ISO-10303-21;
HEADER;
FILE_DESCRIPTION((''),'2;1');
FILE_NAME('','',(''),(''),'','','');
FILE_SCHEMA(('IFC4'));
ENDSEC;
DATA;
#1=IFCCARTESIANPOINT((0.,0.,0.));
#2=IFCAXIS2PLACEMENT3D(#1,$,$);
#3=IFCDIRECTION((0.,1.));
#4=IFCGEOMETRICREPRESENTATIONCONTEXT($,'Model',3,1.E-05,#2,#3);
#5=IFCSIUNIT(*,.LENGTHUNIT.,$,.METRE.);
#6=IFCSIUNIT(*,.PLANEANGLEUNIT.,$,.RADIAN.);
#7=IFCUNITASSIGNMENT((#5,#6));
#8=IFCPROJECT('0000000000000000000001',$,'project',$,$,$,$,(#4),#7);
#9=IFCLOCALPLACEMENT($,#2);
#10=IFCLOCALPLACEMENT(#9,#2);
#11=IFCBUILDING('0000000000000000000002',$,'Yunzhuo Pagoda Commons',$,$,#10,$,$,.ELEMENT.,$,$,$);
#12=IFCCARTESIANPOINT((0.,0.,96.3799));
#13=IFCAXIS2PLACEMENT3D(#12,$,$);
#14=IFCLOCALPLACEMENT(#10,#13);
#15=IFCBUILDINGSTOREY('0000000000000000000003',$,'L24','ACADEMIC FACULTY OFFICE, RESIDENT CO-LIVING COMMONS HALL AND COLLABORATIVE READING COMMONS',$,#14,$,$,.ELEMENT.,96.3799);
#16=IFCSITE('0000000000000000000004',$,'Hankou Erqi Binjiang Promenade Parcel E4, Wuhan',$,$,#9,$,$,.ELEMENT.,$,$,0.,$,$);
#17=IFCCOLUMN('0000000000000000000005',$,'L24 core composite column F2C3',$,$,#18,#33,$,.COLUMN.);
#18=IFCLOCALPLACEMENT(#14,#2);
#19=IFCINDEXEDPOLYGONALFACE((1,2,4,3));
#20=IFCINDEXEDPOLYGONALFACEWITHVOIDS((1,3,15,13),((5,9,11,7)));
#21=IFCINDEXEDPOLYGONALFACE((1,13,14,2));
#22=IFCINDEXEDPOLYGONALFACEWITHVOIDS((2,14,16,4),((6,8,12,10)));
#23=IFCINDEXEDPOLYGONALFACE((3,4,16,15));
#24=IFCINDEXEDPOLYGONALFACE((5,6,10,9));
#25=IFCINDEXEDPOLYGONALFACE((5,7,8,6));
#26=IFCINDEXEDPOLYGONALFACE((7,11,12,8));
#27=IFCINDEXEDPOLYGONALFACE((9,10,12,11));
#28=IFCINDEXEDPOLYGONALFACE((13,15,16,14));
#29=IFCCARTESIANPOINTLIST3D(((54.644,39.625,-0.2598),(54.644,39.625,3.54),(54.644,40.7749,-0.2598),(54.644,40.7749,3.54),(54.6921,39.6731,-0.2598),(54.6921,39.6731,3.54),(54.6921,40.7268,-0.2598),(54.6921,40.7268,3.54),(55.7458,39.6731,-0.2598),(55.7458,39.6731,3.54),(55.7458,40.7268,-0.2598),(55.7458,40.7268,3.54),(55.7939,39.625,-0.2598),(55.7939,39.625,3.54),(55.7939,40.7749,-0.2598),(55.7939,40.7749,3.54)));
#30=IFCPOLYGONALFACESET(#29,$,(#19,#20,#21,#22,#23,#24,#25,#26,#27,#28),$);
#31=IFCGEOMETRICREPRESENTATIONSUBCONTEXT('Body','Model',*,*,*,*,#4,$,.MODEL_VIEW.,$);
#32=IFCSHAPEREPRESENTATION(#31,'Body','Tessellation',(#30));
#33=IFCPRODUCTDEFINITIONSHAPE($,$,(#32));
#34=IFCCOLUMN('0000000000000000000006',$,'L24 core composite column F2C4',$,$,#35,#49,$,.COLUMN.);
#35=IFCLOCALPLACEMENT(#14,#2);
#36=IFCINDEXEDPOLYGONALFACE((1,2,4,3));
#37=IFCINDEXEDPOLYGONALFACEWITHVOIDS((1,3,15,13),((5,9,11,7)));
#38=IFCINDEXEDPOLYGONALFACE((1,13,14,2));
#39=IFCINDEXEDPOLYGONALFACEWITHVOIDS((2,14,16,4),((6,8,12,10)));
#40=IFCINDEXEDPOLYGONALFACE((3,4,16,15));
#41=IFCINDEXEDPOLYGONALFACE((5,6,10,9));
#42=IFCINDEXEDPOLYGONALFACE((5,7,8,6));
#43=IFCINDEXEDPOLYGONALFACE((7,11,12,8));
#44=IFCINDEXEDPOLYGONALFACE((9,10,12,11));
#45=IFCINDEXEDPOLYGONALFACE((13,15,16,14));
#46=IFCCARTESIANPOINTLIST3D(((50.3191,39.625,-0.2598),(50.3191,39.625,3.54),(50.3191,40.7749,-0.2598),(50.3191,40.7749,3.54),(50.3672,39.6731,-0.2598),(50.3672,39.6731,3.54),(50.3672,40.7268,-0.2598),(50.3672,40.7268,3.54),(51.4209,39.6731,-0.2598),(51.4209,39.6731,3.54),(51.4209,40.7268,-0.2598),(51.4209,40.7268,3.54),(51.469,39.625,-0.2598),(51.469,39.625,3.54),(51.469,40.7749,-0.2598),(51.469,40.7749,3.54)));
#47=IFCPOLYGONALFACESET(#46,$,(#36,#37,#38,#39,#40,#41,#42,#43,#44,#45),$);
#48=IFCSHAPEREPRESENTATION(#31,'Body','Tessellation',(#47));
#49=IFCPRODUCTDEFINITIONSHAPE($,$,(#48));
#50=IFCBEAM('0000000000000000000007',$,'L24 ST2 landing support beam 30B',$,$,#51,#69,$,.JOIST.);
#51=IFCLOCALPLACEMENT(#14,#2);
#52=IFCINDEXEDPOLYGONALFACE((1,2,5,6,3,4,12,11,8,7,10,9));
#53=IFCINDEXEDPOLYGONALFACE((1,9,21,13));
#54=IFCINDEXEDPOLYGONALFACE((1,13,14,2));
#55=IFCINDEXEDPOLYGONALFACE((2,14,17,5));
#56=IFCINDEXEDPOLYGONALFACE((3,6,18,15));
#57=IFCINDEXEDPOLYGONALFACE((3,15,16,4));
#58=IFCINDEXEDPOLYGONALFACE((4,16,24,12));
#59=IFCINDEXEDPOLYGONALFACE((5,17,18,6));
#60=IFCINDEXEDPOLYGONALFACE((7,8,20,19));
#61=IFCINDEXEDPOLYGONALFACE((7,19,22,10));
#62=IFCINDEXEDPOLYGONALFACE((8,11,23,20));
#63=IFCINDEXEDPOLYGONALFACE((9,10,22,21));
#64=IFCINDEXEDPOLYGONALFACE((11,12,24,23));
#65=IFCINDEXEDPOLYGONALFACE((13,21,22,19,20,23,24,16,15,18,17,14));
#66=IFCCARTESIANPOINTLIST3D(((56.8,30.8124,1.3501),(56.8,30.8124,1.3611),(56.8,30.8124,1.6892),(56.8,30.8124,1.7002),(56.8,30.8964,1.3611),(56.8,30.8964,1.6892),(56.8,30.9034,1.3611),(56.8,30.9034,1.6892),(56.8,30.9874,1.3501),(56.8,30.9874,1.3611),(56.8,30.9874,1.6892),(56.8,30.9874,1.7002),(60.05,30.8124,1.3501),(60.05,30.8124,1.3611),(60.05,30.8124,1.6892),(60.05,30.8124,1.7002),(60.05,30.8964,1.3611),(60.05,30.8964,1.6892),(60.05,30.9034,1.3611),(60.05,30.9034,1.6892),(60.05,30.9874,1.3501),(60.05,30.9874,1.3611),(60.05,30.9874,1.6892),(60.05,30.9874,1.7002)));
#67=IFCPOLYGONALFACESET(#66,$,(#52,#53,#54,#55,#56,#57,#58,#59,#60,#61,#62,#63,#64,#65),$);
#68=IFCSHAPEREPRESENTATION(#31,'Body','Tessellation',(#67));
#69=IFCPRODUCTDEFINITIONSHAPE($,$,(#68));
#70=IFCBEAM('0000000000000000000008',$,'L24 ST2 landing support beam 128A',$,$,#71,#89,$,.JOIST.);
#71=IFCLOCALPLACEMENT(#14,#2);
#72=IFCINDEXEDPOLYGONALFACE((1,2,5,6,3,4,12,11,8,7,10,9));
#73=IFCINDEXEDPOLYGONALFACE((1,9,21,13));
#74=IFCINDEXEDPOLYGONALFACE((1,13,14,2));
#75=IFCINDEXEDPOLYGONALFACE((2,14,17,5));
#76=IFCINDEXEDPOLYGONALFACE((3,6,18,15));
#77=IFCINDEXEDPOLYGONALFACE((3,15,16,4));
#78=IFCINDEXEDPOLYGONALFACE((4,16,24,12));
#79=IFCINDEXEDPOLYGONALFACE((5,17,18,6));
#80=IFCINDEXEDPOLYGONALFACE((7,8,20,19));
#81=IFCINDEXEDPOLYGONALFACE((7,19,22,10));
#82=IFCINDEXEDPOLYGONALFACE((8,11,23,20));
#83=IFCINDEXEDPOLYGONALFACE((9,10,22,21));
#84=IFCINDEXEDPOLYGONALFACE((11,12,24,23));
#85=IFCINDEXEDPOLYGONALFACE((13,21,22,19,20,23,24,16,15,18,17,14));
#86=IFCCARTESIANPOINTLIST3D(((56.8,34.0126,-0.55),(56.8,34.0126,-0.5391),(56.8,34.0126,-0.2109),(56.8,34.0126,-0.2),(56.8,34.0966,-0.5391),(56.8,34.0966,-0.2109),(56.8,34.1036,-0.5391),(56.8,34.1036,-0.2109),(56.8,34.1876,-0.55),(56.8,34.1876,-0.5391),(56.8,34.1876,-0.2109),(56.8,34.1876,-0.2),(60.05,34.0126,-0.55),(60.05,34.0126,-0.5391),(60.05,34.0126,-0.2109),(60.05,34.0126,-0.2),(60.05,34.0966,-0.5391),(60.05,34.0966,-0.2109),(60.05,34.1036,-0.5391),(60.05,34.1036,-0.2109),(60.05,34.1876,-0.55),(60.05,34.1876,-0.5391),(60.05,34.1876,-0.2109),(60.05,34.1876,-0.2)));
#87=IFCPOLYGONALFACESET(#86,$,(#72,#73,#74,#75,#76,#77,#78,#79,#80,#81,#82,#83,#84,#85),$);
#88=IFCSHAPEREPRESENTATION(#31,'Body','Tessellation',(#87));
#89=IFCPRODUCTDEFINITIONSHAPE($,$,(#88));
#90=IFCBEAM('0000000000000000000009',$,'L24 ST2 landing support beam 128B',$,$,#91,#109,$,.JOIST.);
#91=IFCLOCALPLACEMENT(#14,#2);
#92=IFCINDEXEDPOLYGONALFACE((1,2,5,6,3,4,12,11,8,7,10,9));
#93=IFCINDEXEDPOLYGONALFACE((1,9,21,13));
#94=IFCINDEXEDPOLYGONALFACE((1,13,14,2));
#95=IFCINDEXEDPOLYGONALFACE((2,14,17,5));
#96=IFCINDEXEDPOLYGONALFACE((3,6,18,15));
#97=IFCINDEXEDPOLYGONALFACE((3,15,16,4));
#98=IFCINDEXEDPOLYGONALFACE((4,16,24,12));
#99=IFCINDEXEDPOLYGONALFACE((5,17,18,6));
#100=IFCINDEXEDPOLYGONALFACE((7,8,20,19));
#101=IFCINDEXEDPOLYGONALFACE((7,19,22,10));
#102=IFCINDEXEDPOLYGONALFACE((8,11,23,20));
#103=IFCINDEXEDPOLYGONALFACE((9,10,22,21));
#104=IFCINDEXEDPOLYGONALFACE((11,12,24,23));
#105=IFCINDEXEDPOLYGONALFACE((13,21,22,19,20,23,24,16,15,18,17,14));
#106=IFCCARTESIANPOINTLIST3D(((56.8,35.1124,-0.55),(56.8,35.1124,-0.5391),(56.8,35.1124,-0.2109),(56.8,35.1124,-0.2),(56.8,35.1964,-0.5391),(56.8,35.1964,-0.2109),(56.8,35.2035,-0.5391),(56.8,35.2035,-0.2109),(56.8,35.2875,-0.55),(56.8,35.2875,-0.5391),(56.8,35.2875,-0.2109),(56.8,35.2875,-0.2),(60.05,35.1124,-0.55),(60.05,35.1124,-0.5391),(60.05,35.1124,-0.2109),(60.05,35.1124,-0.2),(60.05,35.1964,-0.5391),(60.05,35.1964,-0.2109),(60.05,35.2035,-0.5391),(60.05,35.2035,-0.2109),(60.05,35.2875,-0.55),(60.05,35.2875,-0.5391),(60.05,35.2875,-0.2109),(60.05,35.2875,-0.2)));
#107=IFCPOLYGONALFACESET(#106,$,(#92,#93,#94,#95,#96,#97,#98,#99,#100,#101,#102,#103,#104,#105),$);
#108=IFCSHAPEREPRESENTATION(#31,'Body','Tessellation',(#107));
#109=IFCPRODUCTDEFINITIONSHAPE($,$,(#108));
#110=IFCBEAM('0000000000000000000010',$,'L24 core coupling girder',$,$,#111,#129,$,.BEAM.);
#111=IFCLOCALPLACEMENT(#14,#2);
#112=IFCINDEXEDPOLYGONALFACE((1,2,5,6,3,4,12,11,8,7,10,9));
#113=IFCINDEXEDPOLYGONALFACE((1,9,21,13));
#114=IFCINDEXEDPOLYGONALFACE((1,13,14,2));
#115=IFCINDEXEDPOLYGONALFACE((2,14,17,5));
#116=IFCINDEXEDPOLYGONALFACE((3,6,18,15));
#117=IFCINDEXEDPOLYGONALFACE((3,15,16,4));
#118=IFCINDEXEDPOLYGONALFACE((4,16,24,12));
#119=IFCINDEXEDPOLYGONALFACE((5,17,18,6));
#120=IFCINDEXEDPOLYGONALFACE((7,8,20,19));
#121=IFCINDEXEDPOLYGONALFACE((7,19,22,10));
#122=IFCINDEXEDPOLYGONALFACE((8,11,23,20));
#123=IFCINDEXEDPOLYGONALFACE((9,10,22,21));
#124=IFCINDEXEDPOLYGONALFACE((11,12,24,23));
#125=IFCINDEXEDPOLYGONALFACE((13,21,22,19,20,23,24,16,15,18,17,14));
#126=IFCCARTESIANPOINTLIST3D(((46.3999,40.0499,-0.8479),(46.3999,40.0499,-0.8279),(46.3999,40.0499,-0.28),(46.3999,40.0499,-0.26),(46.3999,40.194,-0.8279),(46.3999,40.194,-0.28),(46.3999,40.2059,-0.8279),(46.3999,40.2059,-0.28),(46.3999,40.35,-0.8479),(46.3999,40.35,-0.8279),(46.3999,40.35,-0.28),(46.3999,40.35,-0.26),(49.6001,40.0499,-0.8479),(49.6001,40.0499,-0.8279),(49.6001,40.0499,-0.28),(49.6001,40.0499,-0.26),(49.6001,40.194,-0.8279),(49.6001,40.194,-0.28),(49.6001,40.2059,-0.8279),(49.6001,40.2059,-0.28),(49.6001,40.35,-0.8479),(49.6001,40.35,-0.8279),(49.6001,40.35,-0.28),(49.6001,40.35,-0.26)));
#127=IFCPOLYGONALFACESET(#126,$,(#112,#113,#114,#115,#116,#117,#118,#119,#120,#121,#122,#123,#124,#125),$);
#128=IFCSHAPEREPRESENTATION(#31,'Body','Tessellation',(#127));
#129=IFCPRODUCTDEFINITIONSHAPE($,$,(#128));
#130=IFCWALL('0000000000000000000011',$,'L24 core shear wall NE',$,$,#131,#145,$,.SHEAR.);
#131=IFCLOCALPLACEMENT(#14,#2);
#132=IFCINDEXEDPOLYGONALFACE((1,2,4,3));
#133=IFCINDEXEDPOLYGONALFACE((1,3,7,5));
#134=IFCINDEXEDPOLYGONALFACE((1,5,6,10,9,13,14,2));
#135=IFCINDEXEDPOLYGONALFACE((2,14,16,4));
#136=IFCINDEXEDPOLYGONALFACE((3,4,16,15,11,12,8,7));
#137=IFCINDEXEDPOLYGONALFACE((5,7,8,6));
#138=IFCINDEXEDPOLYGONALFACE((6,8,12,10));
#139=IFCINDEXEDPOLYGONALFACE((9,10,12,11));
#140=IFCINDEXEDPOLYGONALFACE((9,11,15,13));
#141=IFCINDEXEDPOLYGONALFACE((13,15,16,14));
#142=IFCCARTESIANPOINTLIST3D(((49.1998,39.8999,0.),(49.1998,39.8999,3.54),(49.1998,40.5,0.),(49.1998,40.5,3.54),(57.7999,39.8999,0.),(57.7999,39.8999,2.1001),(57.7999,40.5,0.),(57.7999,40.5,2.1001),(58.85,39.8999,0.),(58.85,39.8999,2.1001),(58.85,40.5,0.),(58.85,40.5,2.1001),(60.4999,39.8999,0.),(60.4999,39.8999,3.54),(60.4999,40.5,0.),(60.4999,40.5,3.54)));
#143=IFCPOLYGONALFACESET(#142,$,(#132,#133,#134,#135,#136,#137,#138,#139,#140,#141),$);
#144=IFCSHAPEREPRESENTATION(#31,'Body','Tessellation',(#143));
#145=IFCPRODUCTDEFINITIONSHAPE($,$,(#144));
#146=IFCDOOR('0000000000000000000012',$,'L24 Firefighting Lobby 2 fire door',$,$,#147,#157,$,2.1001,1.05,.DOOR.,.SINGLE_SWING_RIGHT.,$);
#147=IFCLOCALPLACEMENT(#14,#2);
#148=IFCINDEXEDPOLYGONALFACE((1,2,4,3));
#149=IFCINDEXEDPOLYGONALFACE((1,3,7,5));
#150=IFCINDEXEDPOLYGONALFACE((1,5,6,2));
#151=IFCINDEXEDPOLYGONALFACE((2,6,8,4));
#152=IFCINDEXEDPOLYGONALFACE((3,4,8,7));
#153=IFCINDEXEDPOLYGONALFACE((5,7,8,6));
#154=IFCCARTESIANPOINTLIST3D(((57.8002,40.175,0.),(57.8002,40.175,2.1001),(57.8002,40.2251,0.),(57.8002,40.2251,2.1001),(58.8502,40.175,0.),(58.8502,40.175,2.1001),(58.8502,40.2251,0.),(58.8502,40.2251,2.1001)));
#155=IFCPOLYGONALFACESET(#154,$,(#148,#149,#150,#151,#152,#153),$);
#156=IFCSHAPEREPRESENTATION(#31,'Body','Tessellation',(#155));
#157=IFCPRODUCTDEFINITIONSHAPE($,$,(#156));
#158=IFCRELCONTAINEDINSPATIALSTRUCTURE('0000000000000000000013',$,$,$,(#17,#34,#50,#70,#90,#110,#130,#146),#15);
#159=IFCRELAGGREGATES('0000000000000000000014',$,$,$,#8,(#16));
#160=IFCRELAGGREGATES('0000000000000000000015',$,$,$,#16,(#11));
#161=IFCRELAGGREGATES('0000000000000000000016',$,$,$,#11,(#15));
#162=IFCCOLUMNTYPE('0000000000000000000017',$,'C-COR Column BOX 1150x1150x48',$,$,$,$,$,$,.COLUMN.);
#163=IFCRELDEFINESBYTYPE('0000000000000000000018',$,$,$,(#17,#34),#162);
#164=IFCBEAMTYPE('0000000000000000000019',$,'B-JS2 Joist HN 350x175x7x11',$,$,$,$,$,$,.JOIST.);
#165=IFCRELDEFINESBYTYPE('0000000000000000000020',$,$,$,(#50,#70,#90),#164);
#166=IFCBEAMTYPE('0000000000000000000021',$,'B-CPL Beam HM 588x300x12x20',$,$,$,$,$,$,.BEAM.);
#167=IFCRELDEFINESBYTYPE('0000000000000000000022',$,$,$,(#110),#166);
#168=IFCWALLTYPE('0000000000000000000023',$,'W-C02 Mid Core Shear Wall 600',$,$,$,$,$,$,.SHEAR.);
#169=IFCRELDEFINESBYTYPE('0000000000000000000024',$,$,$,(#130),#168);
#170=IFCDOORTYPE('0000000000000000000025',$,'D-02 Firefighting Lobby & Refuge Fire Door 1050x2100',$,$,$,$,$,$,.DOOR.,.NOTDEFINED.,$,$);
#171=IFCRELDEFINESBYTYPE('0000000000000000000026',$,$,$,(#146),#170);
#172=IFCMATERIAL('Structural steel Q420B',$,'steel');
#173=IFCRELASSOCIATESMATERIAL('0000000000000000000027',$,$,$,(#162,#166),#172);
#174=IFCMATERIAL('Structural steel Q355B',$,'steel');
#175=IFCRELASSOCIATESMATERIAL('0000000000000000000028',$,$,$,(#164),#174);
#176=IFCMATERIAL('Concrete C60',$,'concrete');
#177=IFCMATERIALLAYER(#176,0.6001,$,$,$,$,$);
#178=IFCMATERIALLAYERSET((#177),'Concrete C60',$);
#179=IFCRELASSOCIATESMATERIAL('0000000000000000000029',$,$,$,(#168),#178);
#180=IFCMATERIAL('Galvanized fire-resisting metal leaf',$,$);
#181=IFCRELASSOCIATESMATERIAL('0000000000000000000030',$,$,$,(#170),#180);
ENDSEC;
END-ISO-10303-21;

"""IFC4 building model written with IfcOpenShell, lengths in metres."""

from ifc_helpers import new_model, si_unit, direction, frame, frame_2d, origin, origin_2d, place, context, subcontext, project, spatial, rectangle, hollow_rectangle, i_section, extrude, source, transform, mapped, material, layer, layer_set, material_profile, profile_set, type_object, element, fill, save


model = new_model("IFC4")

# Units and contexts
model_context = context("Model", 3, precision=1e-05, world=origin(), true_north=direction((0.0, 1.0)))
body_context = subcontext(model_context, "Body", "Model", "MODEL_VIEW")
ifc_project = project(units=[si_unit("LENGTHUNIT", "METRE"), si_unit("PLANEANGLEUNIT", "RADIAN")], contexts=[model_context])

# Site, building, storey
site_placement = place(None, origin())
site = spatial("IfcSite", under=ifc_project, at=site_placement, Name="Hankou Erqi Binjiang Promenade Parcel E4, Wuhan", CompositionType="ELEMENT", RefElevation=0.0)
building_placement = place(site_placement, origin())
building = spatial("IfcBuilding", under=site, at=building_placement, Name="Yunzhuo Pagoda Commons", CompositionType="ELEMENT")
storey_placement = place(building_placement, frame((0.0, 0.0, 96.3799)))
storey = spatial("IfcBuildingStorey", under=building, at=storey_placement, Name="L24", Description="ACADEMIC FACULTY OFFICE, RESIDENT CO-LIVING COMMONS HALL AND COLLABORATIVE READING COMMONS", CompositionType="ELEMENT", Elevation=96.3799)

# Columns
ifc_material_1 = material(Name="Structural steel Q420B", Category="steel")
ifc_material_profile_1 = material_profile(ifc_material_1, hollow_rectangle(XDim=1.1499, YDim=1.1499, WallThickness=0.0481, at=origin_2d()), Name="Structural steel Q420B")
ifc_profile_set_1 = profile_set([ifc_material_profile_1], Name="Structural steel Q420B")
column_type = type_object("IfcColumnType", Name="C-COR Column BOX 1150x1150x48", PredefinedType="COLUMN", material=ifc_profile_set_1)
shared_shape_1 = source(origin(), body_context, "Body", "SweptSolid", [
    extrude(hollow_rectangle(XDim=1.1499, YDim=1.1499, WallThickness=0.0481, at=origin_2d()), origin(), (0.0, 0.0, 1.0), 3.7998),
])
for number, where, z_axis, x_axis, name in (
    (1, (55.219, 40.2, -0.2598), (0.0, 0.0, 1.0), (1.0, 0.0, 0.0), "L24 core composite column F2C3"),
    (2, (50.894, 40.2, -0.2598), (0.0, 0.0, 1.0), (1.0, 0.0, 0.0), "L24 core composite column F2C4"),
):
    element("IfcColumn", number, at=place(storey_placement, frame(where, z_axis=z_axis, x_axis=x_axis)), inside=storey, type_object=column_type, Name=name, PredefinedType="COLUMN", context=body_context, shape_type="MappedRepresentation", body=[
        mapped(shared_shape_1, transform((0.0, 0.0, 0.0), scale=1.0)),
    ])

# Beams
ifc_material_2 = material(Name="Structural steel Q355B", Category="steel")
ifc_material_profile_2 = material_profile(ifc_material_2, i_section(OverallWidth=0.175, OverallDepth=0.3501, WebThickness=0.0071, FlangeThickness=0.011, at=origin_2d()), Name="Structural steel Q355B")
ifc_profile_set_2 = profile_set([ifc_material_profile_2], Name="Structural steel Q355B")
beam_type_1 = type_object("IfcBeamType", Name="B-JS2 Joist HN 350x175x7x11", PredefinedType="JOIST", material=ifc_profile_set_2)
shared_shape_2 = source(origin(), body_context, "Body", "SweptSolid", [
    extrude(i_section(OverallWidth=0.175, OverallDepth=0.3501, WebThickness=0.0071, FlangeThickness=0.011, at=origin_2d()), origin(), (0.0, 0.0, 1.0), 3.25),
])
for number, where, z_axis, x_axis, name in (
    (3, (56.8, 30.8999, 1.5251), (1.0, 0.0, 0.0), (0.0, 1.0, 0.0), "L24 ST2 landing support beam 30B"),
    (4, (56.8, 34.1001, -0.375), (1.0, 0.0, 0.0), (0.0, 1.0, 0.0), "L24 ST2 landing support beam 128A"),
    (5, (56.8, 35.2, -0.375), (1.0, 0.0, 0.0), (0.0, 1.0, 0.0), "L24 ST2 landing support beam 128B"),
):
    element("IfcBeam", number, at=place(storey_placement, frame(where, z_axis=z_axis, x_axis=x_axis)), inside=storey, type_object=beam_type_1, Name=name, PredefinedType="JOIST", context=body_context, shape_type="MappedRepresentation", body=[
        mapped(shared_shape_2, transform((0.0, 0.0, 0.0), scale=1.0)),
    ])
ifc_material_profile_3 = material_profile(ifc_material_1, i_section(OverallWidth=0.3, OverallDepth=0.5879, WebThickness=0.012, FlangeThickness=0.02, at=origin_2d()), Name="Structural steel Q420B")
ifc_profile_set_3 = profile_set([ifc_material_profile_3], Name="Structural steel Q420B")
beam_type_2 = type_object("IfcBeamType", Name="B-CPL Beam HM 588x300x12x20", PredefinedType="BEAM", material=ifc_profile_set_3)
shared_shape_3 = source(origin(), body_context, "Body", "SweptSolid", [
    extrude(i_section(OverallWidth=0.3, OverallDepth=0.5879, WebThickness=0.012, FlangeThickness=0.02, at=origin_2d()), origin(), (0.0, 0.0, 1.0), 3.2002),
])
beam_placement = place(storey_placement, frame((46.3999, 40.2, -0.554), z_axis=(1.0, 0.0, 0.0), x_axis=(0.0, 1.0, 0.0)))
element("IfcBeam", 6, at=beam_placement, inside=storey, type_object=beam_type_2, Name="L24 core coupling girder", PredefinedType="BEAM", context=body_context, shape_type="MappedRepresentation", body=[
    mapped(shared_shape_3, transform((0.0, 0.0, 0.0), scale=1.0)),
])

# Wall, opening, door
ifc_material_3 = material(Name="Concrete C60", Category="concrete")
ifc_layer_1 = layer(ifc_material_3, 0.6001)
ifc_layer_set_1 = layer_set([ifc_layer_1], Name="Concrete C60")
wall_type_1 = type_object("IfcWallType", Name="W-C02 Mid Core Shear Wall 600", PredefinedType="SHEAR", material=ifc_layer_set_1)
wall_1_placement = place(storey_placement, frame((49.2, 40.2, 0.0), z_axis=(0.0, 0.0, 1.0), x_axis=(1.0, 0.0, 0.0)))
wall_1 = element("IfcWall", 7, at=wall_1_placement, inside=storey, type_object=wall_type_1, Name="L24 core shear wall NE", PredefinedType="SHEAR", context=body_context, shape_type="SweptSolid", body=[
    extrude(rectangle(XDim=11.3, YDim=0.6001, at=frame_2d((5.6499, 0.0))), origin(), (0.0, 0.0, 1.0), 3.54),
])
opening_1_placement = place(wall_1_placement, frame((8.6001, 0.0, 0.0)))
opening_1 = element("IfcOpeningElement", 8, at=opening_1_placement, cuts=wall_1, PredefinedType="OPENING", context=body_context, shape_type="SweptSolid", body=[
    extrude(rectangle(XDim=1.05, YDim=2.1001, at=frame_2d((0.5249, 1.05))), frame((0.0, 0.3101, 0.0), z_axis=(0.0, -1.0, 0.0), x_axis=(1.0, 0.0, 0.0)), (0.0, 0.0, 1.0), 0.6201),
])
ifc_material_4 = material(Name="Galvanized fire-resisting metal leaf")
door_type_1 = type_object("IfcDoorType", Name="D-02 Firefighting Lobby & Refuge Fire Door 1050x2100", OperationType="NOTDEFINED", PredefinedType="DOOR", material=ifc_material_4)
shared_shape_4 = source(origin(), body_context, "Body", "SweptSolid", [
    extrude(rectangle(XDim=1.05, YDim=2.1001, at=frame_2d((0.5249, 1.05))), frame((0.0, 0.0249, 0.0), z_axis=(0.0, -1.0, 0.0), x_axis=(1.0, 0.0, 0.0)), (0.0, 0.0, 1.0), 0.05),
])
door_1_placement = place(opening_1_placement, frame((1.05, 0.0, 0.0), z_axis=(0.0, 0.0, 1.0), x_axis=(-1.0, 0.0, 0.0)))
door_1 = element("IfcDoor", 9, at=door_1_placement, inside=storey, type_object=door_type_1, Name="L24 Firefighting Lobby 2 fire door", OperationType="SINGLE_SWING_RIGHT", OverallHeight=2.1001, OverallWidth=1.05, PredefinedType="DOOR", context=body_context, shape_type="MappedRepresentation", body=[
    mapped(shared_shape_4, transform((0.0, 0.0, 0.0), scale=1.0)),
])
fill(opening_1, door_1)

save(model, "model.ifc")
